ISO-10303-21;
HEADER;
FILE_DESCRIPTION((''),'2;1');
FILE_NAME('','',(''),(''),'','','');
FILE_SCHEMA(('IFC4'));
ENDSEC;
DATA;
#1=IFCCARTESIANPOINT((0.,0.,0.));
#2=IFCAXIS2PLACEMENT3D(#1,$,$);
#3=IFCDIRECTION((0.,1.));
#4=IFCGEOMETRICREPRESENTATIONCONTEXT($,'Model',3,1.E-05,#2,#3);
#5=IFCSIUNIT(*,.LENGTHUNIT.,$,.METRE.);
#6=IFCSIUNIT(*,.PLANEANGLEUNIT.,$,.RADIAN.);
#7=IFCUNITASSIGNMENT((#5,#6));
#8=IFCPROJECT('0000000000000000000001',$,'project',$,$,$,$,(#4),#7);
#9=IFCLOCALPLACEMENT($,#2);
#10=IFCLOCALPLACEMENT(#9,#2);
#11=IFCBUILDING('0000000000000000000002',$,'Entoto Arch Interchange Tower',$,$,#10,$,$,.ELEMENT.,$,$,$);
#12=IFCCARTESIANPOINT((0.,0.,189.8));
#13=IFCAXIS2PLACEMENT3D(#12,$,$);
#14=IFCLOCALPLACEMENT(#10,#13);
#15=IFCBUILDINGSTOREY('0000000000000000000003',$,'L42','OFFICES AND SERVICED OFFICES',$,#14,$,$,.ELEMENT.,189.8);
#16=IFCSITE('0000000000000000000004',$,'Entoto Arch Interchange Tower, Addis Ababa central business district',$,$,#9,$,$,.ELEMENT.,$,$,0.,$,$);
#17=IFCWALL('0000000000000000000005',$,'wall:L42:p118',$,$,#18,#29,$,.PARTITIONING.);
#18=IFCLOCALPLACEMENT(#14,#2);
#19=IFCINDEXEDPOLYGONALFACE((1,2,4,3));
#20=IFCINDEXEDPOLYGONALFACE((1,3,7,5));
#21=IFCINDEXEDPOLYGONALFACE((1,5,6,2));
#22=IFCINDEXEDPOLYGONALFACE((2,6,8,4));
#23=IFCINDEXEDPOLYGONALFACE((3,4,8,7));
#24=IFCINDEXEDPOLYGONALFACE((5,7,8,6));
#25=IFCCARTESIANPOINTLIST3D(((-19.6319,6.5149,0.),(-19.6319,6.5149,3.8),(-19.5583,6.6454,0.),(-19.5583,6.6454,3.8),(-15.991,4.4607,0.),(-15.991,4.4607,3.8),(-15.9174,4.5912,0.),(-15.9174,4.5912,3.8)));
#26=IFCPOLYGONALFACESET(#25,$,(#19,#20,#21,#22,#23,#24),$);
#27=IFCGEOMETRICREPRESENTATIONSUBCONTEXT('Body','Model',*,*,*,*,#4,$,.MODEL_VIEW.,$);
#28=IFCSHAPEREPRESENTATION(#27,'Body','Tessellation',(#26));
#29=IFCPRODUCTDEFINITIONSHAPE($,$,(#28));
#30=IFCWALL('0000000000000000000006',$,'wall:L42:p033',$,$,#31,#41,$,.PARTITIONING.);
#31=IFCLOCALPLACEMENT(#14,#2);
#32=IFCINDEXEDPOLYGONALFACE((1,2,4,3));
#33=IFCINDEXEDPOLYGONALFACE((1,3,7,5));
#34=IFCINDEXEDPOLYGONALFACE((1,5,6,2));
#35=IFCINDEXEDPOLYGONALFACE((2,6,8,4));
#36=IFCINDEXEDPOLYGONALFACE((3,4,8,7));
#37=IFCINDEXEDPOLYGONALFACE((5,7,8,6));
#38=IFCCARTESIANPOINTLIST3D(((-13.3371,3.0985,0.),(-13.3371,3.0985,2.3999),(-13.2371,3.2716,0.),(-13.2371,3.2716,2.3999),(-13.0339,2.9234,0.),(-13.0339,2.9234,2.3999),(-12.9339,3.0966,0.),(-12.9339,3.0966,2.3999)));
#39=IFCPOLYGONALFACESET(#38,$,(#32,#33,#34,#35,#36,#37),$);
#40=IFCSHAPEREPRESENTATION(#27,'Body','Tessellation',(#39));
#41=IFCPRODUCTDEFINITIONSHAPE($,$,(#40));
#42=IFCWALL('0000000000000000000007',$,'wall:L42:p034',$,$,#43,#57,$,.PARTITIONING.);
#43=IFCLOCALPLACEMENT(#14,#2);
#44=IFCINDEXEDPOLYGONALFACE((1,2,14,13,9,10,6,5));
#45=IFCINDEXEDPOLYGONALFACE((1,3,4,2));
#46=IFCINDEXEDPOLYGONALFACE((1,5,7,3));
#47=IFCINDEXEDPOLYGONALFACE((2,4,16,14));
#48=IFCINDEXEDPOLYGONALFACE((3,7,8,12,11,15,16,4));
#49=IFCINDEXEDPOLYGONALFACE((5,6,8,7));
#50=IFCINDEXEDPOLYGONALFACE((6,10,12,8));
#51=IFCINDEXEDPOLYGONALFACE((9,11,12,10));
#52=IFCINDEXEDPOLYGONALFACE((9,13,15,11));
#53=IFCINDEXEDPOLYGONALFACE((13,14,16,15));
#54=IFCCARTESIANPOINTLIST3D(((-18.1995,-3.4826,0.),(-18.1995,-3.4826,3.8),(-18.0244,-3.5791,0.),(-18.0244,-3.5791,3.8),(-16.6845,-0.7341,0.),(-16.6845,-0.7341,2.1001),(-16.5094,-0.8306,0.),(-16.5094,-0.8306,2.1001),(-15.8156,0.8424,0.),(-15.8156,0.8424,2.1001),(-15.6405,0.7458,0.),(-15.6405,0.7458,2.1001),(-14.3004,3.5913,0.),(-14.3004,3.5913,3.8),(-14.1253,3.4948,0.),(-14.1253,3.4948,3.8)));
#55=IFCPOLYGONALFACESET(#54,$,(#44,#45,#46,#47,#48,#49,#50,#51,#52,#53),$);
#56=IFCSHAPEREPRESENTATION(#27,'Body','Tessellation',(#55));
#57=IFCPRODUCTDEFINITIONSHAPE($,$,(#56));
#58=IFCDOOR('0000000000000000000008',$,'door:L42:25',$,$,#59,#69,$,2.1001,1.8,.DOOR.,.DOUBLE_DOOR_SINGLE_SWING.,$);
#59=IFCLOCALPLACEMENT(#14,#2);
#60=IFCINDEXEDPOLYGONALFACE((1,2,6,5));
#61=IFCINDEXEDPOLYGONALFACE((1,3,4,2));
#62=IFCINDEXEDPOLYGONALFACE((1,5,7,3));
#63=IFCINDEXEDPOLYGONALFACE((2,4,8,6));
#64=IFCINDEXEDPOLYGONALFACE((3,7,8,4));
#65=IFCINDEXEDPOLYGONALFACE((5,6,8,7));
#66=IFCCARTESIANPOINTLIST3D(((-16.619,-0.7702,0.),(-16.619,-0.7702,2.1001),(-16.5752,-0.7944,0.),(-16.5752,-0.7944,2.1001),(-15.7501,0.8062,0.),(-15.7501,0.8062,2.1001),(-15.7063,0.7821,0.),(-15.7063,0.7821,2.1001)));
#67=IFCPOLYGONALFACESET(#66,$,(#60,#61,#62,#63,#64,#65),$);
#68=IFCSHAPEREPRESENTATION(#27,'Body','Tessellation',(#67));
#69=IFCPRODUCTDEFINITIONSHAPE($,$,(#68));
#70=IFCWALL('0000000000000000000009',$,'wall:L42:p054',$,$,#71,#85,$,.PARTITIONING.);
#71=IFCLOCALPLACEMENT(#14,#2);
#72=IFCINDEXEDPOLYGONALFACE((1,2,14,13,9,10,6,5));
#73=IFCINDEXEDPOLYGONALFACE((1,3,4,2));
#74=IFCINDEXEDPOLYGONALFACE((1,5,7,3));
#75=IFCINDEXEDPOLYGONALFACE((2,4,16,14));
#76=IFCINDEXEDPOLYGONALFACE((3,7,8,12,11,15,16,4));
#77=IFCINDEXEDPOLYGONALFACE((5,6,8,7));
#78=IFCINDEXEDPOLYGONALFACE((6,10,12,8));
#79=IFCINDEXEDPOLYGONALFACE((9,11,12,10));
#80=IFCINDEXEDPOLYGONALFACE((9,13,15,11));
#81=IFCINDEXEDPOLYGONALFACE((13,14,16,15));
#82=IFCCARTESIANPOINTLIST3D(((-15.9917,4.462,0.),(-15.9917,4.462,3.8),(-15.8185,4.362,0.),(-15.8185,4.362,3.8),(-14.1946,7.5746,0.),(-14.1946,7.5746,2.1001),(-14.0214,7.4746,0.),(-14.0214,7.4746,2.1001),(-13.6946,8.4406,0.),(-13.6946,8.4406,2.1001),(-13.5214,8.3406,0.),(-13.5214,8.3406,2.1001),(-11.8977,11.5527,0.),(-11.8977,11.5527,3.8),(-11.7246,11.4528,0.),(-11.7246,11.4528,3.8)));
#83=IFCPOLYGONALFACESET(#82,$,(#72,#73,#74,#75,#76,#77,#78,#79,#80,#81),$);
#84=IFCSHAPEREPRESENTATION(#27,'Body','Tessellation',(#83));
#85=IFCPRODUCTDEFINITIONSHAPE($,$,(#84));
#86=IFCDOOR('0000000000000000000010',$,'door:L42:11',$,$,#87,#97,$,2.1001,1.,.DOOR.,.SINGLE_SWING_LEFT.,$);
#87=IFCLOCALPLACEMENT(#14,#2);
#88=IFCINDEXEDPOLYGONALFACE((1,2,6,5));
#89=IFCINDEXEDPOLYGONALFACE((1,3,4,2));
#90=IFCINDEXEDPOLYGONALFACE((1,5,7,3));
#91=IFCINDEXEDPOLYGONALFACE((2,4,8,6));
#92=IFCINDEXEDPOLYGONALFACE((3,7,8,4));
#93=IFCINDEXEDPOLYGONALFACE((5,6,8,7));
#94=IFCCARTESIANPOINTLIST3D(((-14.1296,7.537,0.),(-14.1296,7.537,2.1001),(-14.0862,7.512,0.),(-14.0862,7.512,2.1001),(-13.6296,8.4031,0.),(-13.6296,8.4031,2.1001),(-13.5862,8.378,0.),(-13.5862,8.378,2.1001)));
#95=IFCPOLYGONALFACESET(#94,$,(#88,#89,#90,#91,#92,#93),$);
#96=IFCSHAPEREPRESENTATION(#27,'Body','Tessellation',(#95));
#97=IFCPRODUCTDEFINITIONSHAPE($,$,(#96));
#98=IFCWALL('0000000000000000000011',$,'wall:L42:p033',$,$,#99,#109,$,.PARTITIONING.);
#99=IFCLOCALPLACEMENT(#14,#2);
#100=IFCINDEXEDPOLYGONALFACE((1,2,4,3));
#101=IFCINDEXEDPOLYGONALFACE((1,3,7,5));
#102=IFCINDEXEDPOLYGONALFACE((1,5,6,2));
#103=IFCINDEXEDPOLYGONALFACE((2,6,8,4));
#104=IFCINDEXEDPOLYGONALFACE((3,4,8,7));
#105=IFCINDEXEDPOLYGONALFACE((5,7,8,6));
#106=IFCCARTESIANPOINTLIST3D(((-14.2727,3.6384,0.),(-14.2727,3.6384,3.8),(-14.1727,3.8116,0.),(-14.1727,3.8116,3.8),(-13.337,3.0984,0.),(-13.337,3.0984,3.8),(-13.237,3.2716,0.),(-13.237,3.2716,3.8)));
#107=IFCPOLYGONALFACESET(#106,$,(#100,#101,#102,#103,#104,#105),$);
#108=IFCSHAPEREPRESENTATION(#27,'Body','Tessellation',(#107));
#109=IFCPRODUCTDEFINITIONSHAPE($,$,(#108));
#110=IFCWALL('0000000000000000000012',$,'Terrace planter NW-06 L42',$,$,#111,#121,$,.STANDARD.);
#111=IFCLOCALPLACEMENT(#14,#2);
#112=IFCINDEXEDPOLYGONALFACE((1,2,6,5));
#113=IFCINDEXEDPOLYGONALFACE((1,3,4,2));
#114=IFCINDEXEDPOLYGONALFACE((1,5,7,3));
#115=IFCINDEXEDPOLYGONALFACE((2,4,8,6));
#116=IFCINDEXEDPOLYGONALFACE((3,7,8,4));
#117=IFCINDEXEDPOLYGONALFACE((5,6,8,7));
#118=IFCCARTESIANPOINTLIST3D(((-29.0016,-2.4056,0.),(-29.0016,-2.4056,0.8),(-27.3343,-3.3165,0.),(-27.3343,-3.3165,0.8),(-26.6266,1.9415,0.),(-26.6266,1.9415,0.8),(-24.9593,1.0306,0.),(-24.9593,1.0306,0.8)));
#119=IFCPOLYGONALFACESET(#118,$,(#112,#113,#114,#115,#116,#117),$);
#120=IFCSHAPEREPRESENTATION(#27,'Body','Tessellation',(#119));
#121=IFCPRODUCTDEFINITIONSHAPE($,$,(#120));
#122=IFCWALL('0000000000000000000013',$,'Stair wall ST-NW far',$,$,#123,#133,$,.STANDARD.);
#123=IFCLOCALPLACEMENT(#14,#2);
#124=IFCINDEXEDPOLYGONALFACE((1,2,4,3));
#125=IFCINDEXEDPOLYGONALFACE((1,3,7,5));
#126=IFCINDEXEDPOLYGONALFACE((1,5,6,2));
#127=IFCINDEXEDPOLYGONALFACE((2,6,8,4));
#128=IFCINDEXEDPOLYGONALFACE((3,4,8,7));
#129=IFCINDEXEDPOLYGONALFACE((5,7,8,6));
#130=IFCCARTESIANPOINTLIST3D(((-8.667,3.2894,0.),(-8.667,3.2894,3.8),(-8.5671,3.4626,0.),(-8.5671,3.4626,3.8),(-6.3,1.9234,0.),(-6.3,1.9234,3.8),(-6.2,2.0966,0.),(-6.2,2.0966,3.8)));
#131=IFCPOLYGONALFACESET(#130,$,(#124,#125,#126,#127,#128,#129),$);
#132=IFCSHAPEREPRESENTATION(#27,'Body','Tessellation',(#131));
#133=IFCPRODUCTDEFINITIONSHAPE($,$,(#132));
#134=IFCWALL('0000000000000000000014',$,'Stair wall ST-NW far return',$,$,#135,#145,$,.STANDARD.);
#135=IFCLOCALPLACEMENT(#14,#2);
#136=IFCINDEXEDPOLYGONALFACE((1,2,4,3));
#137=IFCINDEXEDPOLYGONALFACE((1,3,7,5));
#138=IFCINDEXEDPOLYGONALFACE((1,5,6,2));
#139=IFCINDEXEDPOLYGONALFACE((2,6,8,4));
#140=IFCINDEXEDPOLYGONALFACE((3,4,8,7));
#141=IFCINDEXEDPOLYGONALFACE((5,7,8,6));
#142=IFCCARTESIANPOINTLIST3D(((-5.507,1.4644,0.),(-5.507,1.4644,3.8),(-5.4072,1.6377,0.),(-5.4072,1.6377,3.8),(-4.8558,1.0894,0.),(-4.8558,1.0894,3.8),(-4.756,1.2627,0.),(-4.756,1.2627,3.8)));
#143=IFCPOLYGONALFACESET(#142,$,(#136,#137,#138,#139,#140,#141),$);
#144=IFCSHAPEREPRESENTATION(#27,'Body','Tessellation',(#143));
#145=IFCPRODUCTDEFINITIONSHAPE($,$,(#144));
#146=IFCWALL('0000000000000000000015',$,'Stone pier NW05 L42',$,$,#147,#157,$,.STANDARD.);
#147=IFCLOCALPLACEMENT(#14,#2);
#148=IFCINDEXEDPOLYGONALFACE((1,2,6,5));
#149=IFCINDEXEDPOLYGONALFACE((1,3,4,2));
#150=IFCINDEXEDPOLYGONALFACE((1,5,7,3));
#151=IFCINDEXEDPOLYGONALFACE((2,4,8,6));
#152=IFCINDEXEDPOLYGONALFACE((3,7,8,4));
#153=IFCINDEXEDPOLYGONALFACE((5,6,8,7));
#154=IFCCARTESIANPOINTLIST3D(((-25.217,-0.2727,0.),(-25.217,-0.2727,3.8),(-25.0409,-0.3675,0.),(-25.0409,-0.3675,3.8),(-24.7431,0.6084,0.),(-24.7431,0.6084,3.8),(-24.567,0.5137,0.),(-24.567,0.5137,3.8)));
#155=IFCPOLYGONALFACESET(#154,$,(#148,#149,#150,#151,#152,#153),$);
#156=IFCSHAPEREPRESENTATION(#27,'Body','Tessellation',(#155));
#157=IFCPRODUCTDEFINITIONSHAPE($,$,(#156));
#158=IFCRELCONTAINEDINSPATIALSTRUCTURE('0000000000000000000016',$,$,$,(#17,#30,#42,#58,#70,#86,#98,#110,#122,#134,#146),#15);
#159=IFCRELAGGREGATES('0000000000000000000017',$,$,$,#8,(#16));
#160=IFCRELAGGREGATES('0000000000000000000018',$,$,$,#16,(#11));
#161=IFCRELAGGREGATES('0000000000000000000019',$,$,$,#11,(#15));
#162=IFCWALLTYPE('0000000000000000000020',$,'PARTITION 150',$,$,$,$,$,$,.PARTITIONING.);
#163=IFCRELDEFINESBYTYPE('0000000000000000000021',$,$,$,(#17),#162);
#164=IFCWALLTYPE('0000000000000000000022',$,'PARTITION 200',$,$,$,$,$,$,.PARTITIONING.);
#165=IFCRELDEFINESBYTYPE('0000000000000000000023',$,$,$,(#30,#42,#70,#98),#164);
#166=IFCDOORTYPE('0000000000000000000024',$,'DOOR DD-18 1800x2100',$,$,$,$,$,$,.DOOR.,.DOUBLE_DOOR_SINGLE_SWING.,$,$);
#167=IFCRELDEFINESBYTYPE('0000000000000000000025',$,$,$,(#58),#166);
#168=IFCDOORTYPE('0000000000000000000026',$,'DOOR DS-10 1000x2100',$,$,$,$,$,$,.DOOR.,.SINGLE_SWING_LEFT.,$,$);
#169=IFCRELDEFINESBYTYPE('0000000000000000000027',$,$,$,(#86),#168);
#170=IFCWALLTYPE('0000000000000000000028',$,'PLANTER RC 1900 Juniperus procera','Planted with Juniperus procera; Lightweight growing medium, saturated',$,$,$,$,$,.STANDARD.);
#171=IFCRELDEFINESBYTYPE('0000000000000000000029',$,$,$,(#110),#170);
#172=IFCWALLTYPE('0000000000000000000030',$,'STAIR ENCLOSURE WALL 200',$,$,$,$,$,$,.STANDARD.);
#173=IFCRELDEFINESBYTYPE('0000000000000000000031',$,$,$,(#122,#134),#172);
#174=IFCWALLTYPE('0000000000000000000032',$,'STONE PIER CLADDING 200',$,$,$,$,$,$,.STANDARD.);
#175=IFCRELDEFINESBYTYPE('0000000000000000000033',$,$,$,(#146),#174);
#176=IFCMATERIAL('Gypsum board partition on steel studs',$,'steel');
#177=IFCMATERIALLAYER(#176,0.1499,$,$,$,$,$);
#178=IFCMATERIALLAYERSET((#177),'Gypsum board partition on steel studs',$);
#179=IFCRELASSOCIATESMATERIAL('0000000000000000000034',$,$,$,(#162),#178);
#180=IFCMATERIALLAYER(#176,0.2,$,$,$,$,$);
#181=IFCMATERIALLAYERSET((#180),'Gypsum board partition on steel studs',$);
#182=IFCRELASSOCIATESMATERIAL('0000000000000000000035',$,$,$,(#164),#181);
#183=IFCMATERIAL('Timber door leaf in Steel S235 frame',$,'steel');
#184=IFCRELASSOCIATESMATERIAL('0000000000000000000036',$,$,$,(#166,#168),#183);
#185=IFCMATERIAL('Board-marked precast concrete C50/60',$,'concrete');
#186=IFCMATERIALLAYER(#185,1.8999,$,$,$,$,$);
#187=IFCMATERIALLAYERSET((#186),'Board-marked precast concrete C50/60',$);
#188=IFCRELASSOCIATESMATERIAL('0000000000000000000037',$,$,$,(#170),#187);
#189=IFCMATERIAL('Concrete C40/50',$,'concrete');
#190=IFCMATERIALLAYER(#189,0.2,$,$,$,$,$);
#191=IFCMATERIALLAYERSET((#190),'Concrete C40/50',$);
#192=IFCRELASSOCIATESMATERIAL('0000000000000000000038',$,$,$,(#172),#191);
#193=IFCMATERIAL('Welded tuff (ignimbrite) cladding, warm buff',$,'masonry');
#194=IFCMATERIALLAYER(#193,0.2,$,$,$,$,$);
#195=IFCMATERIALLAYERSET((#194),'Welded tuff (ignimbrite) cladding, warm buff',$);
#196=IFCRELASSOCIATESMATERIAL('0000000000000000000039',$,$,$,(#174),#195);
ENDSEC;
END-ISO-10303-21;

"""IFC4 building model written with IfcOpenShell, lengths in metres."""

from ifc_helpers import new_model, si_unit, direction, frame, frame_2d, origin, place, context, subcontext, project, spatial, rectangle, extrude, material, layer, layer_set, type_object, element, fill, save


model = new_model("IFC4")

# Units and contexts
model_context = context("Model", 3, precision=1e-05, world=origin(), true_north=direction((0.0, 1.0)))
body_context = subcontext(model_context, "Body", "Model", "MODEL_VIEW")
ifc_project = project(units=[si_unit("LENGTHUNIT", "METRE"), si_unit("PLANEANGLEUNIT", "RADIAN")], contexts=[model_context])

# Site, building, storey
site_placement = place(None, origin())
site = spatial("IfcSite", under=ifc_project, at=site_placement, Name="Entoto Arch Interchange Tower, Addis Ababa central business district", CompositionType="ELEMENT", RefElevation=0.0)
building_placement = place(site_placement, origin())
building = spatial("IfcBuilding", under=site, at=building_placement, Name="Entoto Arch Interchange Tower", CompositionType="ELEMENT")
storey_placement = place(building_placement, frame((0.0, 0.0, 189.8)))
storey = spatial("IfcBuildingStorey", under=building, at=storey_placement, Name="L42", Description="OFFICES AND SERVICED OFFICES", CompositionType="ELEMENT", Elevation=189.8)

# Shared definitions
ifc_material_1 = material(Name="Concrete C40/50", Category="concrete")

# Walls
ifc_material_2 = material(Name="Gypsum board partition on steel studs", Category="steel")
ifc_layer_1 = layer(ifc_material_2, 0.1499)
ifc_layer_set_1 = layer_set([ifc_layer_1], Name="Gypsum board partition on steel studs")
wall_type_1 = type_object("IfcWallType", Name="PARTITION 150", PredefinedType="PARTITIONING", material=ifc_layer_set_1)
wall_1_placement = place(storey_placement, frame((-15.9541, 4.5259, 0.0), z_axis=(0.0, 0.0, 1.0), x_axis=(-0.87094, 0.491389, 0.0)))
element("IfcWall", 1, at=wall_1_placement, inside=storey, type_object=wall_type_1, Name="wall:L42:p118", PredefinedType="PARTITIONING", context=body_context, shape_type="SweptSolid", body=[
    extrude(rectangle(XDim=4.1804, YDim=0.1499, at=frame_2d((2.0903, 0.0))), origin(), (0.0, 0.0, 1.0), 3.8),
])
ifc_layer_2 = layer(ifc_material_2, 0.2)
ifc_layer_set_2 = layer_set([ifc_layer_2], Name="Gypsum board partition on steel studs")
wall_type_2 = type_object("IfcWallType", Name="PARTITION 200", PredefinedType="PARTITIONING", material=ifc_layer_set_2)
wall_2_placement = place(storey_placement, frame((-12.9839, 3.01, 0.0), z_axis=(0.0, 0.0, 1.0), x_axis=(-0.866046, 0.499964, 0.0)))
element("IfcWall", 2, at=wall_2_placement, inside=storey, type_object=wall_type_2, Name="wall:L42:p033", PredefinedType="PARTITIONING", context=body_context, shape_type="SweptSolid", body=[
    extrude(rectangle(XDim=0.3501, YDim=0.2, at=frame_2d((0.175, 0.0))), origin(), (0.0, 0.0, 1.0), 2.3999),
])

# Walls, openings, doors
wall_3_placement = place(storey_placement, frame((-14.2129, 3.543, 0.0), z_axis=(0.0, 0.0, 1.0), x_axis=(-0.482725, -0.875772, 0.0)))
wall_3 = element("IfcWall", 3, at=wall_3_placement, inside=storey, type_object=wall_type_2, Name="wall:L42:p034", PredefinedType="PARTITIONING", context=body_context, shape_type="SweptSolid", body=[
    extrude(rectangle(XDim=8.0774, YDim=0.2, at=frame_2d((4.0386, 0.0))), origin(), (0.0, 0.0, 1.0), 3.8),
])
opening_1_placement = place(wall_3_placement, frame((3.1389, 0.0, 0.0)))
opening_1 = element("IfcOpeningElement", 4, at=opening_1_placement, cuts=wall_3, PredefinedType="OPENING", context=body_context, shape_type="SweptSolid", body=[
    extrude(rectangle(XDim=1.8, YDim=2.1001, at=frame_2d((0.8999, 1.05))), frame((0.0, 0.1099, 0.0), z_axis=(0.0, -1.0, 0.0), x_axis=(1.0, 0.0, 0.0)), (0.0, 0.0, 1.0), 0.22),
])
ifc_material_3 = material(Name="Timber door leaf in Steel S235 frame", Category="steel")
door_type_1 = type_object("IfcDoorType", Name="DOOR DD-18 1800x2100", OperationType="DOUBLE_DOOR_SINGLE_SWING", PredefinedType="DOOR", material=ifc_material_3)
door_1_placement = place(opening_1_placement, origin())
door_1 = element("IfcDoor", 5, at=door_1_placement, inside=storey, type_object=door_type_1, Name="door:L42:25", OperationType="DOUBLE_DOOR_SINGLE_SWING", OverallHeight=2.1001, OverallWidth=1.8, PredefinedType="DOOR", context=body_context, shape_type="SweptSolid", body=[
    extrude(rectangle(XDim=1.8, YDim=2.1001, at=frame_2d((0.8999, 1.05))), frame((0.0, 0.0249, 0.0), z_axis=(0.0, -1.0, 0.0), x_axis=(1.0, 0.0, 0.0)), (0.0, 0.0, 1.0), 0.05),
])
fill(opening_1, door_1)
wall_4_placement = place(storey_placement, frame((-15.905, 4.4121, 0.0), z_axis=(0.0, 0.0, 1.0), x_axis=(0.50001, 0.86602, 0.0)))
wall_4 = element("IfcWall", 6, at=wall_4_placement, inside=storey, type_object=wall_type_2, Name="wall:L42:p054", PredefinedType="PARTITIONING", context=body_context, shape_type="SweptSolid", body=[
    extrude(rectangle(XDim=8.1877, YDim=0.2, at=frame_2d((4.0938, 0.0))), origin(), (0.0, 0.0, 1.0), 3.8),
])
opening_2_placement = place(wall_4_placement, frame((3.594, 0.0, 0.0)))
opening_2 = element("IfcOpeningElement", 7, at=opening_2_placement, cuts=wall_4, PredefinedType="OPENING", context=body_context, shape_type="SweptSolid", body=[
    extrude(rectangle(XDim=1.0, YDim=2.1001, at=frame_2d((0.5, 1.05))), frame((0.0, 0.1099, 0.0), z_axis=(0.0, -1.0, 0.0), x_axis=(1.0, 0.0, 0.0)), (0.0, 0.0, 1.0), 0.22),
])
door_type_2 = type_object("IfcDoorType", Name="DOOR DS-10 1000x2100", OperationType="SINGLE_SWING_LEFT", PredefinedType="DOOR", material=ifc_material_3)
door_2_placement = place(opening_2_placement, origin())
door_2 = element("IfcDoor", 8, at=door_2_placement, inside=storey, type_object=door_type_2, Name="door:L42:11", OperationType="SINGLE_SWING_LEFT", OverallHeight=2.1001, OverallWidth=1.0, PredefinedType="DOOR", context=body_context, shape_type="SweptSolid", body=[
    extrude(rectangle(XDim=1.0, YDim=2.1001, at=frame_2d((0.5, 1.05))), frame((0.0, 0.0249, 0.0), z_axis=(0.0, -1.0, 0.0), x_axis=(1.0, 0.0, 0.0)), (0.0, 0.0, 1.0), 0.05),
])
fill(opening_2, door_2)

# Walls
wall_5_placement = place(storey_placement, frame((-13.2871, 3.1851, 0.0), z_axis=(0.0, 0.0, 1.0), x_axis=(-0.866122, 0.499833, 0.0)))
element("IfcWall", 9, at=wall_5_placement, inside=storey, type_object=wall_type_2, Name="wall:L42:p033", PredefinedType="PARTITIONING", context=body_context, shape_type="SweptSolid", body=[
    extrude(rectangle(XDim=1.0803, YDim=0.2, at=frame_2d((0.54, 0.0))), origin(), (0.0, 0.0, 1.0), 3.8),
])
ifc_material_4 = material(Name="Board-marked precast concrete C50/60", Category="concrete")
ifc_layer_3 = layer(ifc_material_4, 1.8999)
ifc_layer_set_3 = layer_set([ifc_layer_3], Name="Board-marked precast concrete C50/60")
wall_type_3 = type_object("IfcWallType", Name="PLANTER RC 1900 Juniperus procera", Description="Planted with Juniperus procera; Lightweight growing medium, saturated", PredefinedType="STANDARD", material=ifc_layer_set_3)
wall_6_placement = place(storey_placement, frame((-25.793, 1.4861, 0.0), z_axis=(0.0, 0.0, 1.0), x_axis=(-0.479446, -0.877571, 0.0)))
element("IfcWall", 10, at=wall_6_placement, inside=storey, type_object=wall_type_3, Name="Terrace planter NW-06 L42", PredefinedType="STANDARD", context=body_context, shape_type="SweptSolid", body=[
    extrude(rectangle(XDim=4.9536, YDim=1.8999, at=frame_2d((2.4768, 0.0))), origin(), (0.0, 0.0, 1.0), 0.8),
])
ifc_layer_4 = layer(ifc_material_1, 0.2)
ifc_layer_set_4 = layer_set([ifc_layer_4], Name="Concrete C40/50")
wall_type_4 = type_object("IfcWallType", Name="STAIR ENCLOSURE WALL 200", PredefinedType="STANDARD", material=ifc_layer_set_4)
wall_7_placement = place(storey_placement, frame((-6.25, 2.01, 0.0), z_axis=(0.0, 0.0, 1.0), x_axis=(-0.866119, 0.499838, 0.0)))
element("IfcWall", 11, at=wall_7_placement, inside=storey, type_object=wall_type_4, Name="Stair wall ST-NW far", PredefinedType="STANDARD", context=body_context, shape_type="SweptSolid", body=[
    extrude(rectangle(XDim=2.7329, YDim=0.2, at=frame_2d((1.3665, 0.0))), origin(), (0.0, 0.0, 1.0), 3.8),
])
wall_8_placement = place(storey_placement, frame((-4.8059, 1.176, 0.0), z_axis=(0.0, 0.0, 1.0), x_axis=(-0.866559, 0.499075, 0.0)))
element("IfcWall", 12, at=wall_8_placement, inside=storey, type_object=wall_type_4, Name="Stair wall ST-NW far return", PredefinedType="STANDARD", context=body_context, shape_type="SweptSolid", body=[
    extrude(rectangle(XDim=0.7515, YDim=0.2, at=frame_2d((0.3757, 0.0))), origin(), (0.0, 0.0, 1.0), 3.8),
])

# Shared definitions
ifc_material_5 = material(Name="Welded tuff (ignimbrite) cladding, warm buff", Category="masonry")

# Wall
ifc_layer_5 = layer(ifc_material_5, 0.2)
ifc_layer_set_5 = layer_set([ifc_layer_5], Name="Welded tuff (ignimbrite) cladding, warm buff")
wall_type_5 = type_object("IfcWallType", Name="STONE PIER CLADDING 200", PredefinedType="STANDARD", material=ifc_layer_set_5)
wall_9_placement = place(storey_placement, frame((-24.655, 0.561, 0.0), z_axis=(0.0, 0.0, 1.0), x_axis=(-0.473663, -0.880706, 0.0)))
element("IfcWall", 13, at=wall_9_placement, inside=storey, type_object=wall_type_5, Name="Stone pier NW05 L42", PredefinedType="STANDARD", context=body_context, shape_type="SweptSolid", body=[
    extrude(rectangle(XDim=1.0005, YDim=0.2, at=frame_2d((0.5002, 0.0))), origin(), (0.0, 0.0, 1.0), 3.8),
])

save(model, "model.ifc")
